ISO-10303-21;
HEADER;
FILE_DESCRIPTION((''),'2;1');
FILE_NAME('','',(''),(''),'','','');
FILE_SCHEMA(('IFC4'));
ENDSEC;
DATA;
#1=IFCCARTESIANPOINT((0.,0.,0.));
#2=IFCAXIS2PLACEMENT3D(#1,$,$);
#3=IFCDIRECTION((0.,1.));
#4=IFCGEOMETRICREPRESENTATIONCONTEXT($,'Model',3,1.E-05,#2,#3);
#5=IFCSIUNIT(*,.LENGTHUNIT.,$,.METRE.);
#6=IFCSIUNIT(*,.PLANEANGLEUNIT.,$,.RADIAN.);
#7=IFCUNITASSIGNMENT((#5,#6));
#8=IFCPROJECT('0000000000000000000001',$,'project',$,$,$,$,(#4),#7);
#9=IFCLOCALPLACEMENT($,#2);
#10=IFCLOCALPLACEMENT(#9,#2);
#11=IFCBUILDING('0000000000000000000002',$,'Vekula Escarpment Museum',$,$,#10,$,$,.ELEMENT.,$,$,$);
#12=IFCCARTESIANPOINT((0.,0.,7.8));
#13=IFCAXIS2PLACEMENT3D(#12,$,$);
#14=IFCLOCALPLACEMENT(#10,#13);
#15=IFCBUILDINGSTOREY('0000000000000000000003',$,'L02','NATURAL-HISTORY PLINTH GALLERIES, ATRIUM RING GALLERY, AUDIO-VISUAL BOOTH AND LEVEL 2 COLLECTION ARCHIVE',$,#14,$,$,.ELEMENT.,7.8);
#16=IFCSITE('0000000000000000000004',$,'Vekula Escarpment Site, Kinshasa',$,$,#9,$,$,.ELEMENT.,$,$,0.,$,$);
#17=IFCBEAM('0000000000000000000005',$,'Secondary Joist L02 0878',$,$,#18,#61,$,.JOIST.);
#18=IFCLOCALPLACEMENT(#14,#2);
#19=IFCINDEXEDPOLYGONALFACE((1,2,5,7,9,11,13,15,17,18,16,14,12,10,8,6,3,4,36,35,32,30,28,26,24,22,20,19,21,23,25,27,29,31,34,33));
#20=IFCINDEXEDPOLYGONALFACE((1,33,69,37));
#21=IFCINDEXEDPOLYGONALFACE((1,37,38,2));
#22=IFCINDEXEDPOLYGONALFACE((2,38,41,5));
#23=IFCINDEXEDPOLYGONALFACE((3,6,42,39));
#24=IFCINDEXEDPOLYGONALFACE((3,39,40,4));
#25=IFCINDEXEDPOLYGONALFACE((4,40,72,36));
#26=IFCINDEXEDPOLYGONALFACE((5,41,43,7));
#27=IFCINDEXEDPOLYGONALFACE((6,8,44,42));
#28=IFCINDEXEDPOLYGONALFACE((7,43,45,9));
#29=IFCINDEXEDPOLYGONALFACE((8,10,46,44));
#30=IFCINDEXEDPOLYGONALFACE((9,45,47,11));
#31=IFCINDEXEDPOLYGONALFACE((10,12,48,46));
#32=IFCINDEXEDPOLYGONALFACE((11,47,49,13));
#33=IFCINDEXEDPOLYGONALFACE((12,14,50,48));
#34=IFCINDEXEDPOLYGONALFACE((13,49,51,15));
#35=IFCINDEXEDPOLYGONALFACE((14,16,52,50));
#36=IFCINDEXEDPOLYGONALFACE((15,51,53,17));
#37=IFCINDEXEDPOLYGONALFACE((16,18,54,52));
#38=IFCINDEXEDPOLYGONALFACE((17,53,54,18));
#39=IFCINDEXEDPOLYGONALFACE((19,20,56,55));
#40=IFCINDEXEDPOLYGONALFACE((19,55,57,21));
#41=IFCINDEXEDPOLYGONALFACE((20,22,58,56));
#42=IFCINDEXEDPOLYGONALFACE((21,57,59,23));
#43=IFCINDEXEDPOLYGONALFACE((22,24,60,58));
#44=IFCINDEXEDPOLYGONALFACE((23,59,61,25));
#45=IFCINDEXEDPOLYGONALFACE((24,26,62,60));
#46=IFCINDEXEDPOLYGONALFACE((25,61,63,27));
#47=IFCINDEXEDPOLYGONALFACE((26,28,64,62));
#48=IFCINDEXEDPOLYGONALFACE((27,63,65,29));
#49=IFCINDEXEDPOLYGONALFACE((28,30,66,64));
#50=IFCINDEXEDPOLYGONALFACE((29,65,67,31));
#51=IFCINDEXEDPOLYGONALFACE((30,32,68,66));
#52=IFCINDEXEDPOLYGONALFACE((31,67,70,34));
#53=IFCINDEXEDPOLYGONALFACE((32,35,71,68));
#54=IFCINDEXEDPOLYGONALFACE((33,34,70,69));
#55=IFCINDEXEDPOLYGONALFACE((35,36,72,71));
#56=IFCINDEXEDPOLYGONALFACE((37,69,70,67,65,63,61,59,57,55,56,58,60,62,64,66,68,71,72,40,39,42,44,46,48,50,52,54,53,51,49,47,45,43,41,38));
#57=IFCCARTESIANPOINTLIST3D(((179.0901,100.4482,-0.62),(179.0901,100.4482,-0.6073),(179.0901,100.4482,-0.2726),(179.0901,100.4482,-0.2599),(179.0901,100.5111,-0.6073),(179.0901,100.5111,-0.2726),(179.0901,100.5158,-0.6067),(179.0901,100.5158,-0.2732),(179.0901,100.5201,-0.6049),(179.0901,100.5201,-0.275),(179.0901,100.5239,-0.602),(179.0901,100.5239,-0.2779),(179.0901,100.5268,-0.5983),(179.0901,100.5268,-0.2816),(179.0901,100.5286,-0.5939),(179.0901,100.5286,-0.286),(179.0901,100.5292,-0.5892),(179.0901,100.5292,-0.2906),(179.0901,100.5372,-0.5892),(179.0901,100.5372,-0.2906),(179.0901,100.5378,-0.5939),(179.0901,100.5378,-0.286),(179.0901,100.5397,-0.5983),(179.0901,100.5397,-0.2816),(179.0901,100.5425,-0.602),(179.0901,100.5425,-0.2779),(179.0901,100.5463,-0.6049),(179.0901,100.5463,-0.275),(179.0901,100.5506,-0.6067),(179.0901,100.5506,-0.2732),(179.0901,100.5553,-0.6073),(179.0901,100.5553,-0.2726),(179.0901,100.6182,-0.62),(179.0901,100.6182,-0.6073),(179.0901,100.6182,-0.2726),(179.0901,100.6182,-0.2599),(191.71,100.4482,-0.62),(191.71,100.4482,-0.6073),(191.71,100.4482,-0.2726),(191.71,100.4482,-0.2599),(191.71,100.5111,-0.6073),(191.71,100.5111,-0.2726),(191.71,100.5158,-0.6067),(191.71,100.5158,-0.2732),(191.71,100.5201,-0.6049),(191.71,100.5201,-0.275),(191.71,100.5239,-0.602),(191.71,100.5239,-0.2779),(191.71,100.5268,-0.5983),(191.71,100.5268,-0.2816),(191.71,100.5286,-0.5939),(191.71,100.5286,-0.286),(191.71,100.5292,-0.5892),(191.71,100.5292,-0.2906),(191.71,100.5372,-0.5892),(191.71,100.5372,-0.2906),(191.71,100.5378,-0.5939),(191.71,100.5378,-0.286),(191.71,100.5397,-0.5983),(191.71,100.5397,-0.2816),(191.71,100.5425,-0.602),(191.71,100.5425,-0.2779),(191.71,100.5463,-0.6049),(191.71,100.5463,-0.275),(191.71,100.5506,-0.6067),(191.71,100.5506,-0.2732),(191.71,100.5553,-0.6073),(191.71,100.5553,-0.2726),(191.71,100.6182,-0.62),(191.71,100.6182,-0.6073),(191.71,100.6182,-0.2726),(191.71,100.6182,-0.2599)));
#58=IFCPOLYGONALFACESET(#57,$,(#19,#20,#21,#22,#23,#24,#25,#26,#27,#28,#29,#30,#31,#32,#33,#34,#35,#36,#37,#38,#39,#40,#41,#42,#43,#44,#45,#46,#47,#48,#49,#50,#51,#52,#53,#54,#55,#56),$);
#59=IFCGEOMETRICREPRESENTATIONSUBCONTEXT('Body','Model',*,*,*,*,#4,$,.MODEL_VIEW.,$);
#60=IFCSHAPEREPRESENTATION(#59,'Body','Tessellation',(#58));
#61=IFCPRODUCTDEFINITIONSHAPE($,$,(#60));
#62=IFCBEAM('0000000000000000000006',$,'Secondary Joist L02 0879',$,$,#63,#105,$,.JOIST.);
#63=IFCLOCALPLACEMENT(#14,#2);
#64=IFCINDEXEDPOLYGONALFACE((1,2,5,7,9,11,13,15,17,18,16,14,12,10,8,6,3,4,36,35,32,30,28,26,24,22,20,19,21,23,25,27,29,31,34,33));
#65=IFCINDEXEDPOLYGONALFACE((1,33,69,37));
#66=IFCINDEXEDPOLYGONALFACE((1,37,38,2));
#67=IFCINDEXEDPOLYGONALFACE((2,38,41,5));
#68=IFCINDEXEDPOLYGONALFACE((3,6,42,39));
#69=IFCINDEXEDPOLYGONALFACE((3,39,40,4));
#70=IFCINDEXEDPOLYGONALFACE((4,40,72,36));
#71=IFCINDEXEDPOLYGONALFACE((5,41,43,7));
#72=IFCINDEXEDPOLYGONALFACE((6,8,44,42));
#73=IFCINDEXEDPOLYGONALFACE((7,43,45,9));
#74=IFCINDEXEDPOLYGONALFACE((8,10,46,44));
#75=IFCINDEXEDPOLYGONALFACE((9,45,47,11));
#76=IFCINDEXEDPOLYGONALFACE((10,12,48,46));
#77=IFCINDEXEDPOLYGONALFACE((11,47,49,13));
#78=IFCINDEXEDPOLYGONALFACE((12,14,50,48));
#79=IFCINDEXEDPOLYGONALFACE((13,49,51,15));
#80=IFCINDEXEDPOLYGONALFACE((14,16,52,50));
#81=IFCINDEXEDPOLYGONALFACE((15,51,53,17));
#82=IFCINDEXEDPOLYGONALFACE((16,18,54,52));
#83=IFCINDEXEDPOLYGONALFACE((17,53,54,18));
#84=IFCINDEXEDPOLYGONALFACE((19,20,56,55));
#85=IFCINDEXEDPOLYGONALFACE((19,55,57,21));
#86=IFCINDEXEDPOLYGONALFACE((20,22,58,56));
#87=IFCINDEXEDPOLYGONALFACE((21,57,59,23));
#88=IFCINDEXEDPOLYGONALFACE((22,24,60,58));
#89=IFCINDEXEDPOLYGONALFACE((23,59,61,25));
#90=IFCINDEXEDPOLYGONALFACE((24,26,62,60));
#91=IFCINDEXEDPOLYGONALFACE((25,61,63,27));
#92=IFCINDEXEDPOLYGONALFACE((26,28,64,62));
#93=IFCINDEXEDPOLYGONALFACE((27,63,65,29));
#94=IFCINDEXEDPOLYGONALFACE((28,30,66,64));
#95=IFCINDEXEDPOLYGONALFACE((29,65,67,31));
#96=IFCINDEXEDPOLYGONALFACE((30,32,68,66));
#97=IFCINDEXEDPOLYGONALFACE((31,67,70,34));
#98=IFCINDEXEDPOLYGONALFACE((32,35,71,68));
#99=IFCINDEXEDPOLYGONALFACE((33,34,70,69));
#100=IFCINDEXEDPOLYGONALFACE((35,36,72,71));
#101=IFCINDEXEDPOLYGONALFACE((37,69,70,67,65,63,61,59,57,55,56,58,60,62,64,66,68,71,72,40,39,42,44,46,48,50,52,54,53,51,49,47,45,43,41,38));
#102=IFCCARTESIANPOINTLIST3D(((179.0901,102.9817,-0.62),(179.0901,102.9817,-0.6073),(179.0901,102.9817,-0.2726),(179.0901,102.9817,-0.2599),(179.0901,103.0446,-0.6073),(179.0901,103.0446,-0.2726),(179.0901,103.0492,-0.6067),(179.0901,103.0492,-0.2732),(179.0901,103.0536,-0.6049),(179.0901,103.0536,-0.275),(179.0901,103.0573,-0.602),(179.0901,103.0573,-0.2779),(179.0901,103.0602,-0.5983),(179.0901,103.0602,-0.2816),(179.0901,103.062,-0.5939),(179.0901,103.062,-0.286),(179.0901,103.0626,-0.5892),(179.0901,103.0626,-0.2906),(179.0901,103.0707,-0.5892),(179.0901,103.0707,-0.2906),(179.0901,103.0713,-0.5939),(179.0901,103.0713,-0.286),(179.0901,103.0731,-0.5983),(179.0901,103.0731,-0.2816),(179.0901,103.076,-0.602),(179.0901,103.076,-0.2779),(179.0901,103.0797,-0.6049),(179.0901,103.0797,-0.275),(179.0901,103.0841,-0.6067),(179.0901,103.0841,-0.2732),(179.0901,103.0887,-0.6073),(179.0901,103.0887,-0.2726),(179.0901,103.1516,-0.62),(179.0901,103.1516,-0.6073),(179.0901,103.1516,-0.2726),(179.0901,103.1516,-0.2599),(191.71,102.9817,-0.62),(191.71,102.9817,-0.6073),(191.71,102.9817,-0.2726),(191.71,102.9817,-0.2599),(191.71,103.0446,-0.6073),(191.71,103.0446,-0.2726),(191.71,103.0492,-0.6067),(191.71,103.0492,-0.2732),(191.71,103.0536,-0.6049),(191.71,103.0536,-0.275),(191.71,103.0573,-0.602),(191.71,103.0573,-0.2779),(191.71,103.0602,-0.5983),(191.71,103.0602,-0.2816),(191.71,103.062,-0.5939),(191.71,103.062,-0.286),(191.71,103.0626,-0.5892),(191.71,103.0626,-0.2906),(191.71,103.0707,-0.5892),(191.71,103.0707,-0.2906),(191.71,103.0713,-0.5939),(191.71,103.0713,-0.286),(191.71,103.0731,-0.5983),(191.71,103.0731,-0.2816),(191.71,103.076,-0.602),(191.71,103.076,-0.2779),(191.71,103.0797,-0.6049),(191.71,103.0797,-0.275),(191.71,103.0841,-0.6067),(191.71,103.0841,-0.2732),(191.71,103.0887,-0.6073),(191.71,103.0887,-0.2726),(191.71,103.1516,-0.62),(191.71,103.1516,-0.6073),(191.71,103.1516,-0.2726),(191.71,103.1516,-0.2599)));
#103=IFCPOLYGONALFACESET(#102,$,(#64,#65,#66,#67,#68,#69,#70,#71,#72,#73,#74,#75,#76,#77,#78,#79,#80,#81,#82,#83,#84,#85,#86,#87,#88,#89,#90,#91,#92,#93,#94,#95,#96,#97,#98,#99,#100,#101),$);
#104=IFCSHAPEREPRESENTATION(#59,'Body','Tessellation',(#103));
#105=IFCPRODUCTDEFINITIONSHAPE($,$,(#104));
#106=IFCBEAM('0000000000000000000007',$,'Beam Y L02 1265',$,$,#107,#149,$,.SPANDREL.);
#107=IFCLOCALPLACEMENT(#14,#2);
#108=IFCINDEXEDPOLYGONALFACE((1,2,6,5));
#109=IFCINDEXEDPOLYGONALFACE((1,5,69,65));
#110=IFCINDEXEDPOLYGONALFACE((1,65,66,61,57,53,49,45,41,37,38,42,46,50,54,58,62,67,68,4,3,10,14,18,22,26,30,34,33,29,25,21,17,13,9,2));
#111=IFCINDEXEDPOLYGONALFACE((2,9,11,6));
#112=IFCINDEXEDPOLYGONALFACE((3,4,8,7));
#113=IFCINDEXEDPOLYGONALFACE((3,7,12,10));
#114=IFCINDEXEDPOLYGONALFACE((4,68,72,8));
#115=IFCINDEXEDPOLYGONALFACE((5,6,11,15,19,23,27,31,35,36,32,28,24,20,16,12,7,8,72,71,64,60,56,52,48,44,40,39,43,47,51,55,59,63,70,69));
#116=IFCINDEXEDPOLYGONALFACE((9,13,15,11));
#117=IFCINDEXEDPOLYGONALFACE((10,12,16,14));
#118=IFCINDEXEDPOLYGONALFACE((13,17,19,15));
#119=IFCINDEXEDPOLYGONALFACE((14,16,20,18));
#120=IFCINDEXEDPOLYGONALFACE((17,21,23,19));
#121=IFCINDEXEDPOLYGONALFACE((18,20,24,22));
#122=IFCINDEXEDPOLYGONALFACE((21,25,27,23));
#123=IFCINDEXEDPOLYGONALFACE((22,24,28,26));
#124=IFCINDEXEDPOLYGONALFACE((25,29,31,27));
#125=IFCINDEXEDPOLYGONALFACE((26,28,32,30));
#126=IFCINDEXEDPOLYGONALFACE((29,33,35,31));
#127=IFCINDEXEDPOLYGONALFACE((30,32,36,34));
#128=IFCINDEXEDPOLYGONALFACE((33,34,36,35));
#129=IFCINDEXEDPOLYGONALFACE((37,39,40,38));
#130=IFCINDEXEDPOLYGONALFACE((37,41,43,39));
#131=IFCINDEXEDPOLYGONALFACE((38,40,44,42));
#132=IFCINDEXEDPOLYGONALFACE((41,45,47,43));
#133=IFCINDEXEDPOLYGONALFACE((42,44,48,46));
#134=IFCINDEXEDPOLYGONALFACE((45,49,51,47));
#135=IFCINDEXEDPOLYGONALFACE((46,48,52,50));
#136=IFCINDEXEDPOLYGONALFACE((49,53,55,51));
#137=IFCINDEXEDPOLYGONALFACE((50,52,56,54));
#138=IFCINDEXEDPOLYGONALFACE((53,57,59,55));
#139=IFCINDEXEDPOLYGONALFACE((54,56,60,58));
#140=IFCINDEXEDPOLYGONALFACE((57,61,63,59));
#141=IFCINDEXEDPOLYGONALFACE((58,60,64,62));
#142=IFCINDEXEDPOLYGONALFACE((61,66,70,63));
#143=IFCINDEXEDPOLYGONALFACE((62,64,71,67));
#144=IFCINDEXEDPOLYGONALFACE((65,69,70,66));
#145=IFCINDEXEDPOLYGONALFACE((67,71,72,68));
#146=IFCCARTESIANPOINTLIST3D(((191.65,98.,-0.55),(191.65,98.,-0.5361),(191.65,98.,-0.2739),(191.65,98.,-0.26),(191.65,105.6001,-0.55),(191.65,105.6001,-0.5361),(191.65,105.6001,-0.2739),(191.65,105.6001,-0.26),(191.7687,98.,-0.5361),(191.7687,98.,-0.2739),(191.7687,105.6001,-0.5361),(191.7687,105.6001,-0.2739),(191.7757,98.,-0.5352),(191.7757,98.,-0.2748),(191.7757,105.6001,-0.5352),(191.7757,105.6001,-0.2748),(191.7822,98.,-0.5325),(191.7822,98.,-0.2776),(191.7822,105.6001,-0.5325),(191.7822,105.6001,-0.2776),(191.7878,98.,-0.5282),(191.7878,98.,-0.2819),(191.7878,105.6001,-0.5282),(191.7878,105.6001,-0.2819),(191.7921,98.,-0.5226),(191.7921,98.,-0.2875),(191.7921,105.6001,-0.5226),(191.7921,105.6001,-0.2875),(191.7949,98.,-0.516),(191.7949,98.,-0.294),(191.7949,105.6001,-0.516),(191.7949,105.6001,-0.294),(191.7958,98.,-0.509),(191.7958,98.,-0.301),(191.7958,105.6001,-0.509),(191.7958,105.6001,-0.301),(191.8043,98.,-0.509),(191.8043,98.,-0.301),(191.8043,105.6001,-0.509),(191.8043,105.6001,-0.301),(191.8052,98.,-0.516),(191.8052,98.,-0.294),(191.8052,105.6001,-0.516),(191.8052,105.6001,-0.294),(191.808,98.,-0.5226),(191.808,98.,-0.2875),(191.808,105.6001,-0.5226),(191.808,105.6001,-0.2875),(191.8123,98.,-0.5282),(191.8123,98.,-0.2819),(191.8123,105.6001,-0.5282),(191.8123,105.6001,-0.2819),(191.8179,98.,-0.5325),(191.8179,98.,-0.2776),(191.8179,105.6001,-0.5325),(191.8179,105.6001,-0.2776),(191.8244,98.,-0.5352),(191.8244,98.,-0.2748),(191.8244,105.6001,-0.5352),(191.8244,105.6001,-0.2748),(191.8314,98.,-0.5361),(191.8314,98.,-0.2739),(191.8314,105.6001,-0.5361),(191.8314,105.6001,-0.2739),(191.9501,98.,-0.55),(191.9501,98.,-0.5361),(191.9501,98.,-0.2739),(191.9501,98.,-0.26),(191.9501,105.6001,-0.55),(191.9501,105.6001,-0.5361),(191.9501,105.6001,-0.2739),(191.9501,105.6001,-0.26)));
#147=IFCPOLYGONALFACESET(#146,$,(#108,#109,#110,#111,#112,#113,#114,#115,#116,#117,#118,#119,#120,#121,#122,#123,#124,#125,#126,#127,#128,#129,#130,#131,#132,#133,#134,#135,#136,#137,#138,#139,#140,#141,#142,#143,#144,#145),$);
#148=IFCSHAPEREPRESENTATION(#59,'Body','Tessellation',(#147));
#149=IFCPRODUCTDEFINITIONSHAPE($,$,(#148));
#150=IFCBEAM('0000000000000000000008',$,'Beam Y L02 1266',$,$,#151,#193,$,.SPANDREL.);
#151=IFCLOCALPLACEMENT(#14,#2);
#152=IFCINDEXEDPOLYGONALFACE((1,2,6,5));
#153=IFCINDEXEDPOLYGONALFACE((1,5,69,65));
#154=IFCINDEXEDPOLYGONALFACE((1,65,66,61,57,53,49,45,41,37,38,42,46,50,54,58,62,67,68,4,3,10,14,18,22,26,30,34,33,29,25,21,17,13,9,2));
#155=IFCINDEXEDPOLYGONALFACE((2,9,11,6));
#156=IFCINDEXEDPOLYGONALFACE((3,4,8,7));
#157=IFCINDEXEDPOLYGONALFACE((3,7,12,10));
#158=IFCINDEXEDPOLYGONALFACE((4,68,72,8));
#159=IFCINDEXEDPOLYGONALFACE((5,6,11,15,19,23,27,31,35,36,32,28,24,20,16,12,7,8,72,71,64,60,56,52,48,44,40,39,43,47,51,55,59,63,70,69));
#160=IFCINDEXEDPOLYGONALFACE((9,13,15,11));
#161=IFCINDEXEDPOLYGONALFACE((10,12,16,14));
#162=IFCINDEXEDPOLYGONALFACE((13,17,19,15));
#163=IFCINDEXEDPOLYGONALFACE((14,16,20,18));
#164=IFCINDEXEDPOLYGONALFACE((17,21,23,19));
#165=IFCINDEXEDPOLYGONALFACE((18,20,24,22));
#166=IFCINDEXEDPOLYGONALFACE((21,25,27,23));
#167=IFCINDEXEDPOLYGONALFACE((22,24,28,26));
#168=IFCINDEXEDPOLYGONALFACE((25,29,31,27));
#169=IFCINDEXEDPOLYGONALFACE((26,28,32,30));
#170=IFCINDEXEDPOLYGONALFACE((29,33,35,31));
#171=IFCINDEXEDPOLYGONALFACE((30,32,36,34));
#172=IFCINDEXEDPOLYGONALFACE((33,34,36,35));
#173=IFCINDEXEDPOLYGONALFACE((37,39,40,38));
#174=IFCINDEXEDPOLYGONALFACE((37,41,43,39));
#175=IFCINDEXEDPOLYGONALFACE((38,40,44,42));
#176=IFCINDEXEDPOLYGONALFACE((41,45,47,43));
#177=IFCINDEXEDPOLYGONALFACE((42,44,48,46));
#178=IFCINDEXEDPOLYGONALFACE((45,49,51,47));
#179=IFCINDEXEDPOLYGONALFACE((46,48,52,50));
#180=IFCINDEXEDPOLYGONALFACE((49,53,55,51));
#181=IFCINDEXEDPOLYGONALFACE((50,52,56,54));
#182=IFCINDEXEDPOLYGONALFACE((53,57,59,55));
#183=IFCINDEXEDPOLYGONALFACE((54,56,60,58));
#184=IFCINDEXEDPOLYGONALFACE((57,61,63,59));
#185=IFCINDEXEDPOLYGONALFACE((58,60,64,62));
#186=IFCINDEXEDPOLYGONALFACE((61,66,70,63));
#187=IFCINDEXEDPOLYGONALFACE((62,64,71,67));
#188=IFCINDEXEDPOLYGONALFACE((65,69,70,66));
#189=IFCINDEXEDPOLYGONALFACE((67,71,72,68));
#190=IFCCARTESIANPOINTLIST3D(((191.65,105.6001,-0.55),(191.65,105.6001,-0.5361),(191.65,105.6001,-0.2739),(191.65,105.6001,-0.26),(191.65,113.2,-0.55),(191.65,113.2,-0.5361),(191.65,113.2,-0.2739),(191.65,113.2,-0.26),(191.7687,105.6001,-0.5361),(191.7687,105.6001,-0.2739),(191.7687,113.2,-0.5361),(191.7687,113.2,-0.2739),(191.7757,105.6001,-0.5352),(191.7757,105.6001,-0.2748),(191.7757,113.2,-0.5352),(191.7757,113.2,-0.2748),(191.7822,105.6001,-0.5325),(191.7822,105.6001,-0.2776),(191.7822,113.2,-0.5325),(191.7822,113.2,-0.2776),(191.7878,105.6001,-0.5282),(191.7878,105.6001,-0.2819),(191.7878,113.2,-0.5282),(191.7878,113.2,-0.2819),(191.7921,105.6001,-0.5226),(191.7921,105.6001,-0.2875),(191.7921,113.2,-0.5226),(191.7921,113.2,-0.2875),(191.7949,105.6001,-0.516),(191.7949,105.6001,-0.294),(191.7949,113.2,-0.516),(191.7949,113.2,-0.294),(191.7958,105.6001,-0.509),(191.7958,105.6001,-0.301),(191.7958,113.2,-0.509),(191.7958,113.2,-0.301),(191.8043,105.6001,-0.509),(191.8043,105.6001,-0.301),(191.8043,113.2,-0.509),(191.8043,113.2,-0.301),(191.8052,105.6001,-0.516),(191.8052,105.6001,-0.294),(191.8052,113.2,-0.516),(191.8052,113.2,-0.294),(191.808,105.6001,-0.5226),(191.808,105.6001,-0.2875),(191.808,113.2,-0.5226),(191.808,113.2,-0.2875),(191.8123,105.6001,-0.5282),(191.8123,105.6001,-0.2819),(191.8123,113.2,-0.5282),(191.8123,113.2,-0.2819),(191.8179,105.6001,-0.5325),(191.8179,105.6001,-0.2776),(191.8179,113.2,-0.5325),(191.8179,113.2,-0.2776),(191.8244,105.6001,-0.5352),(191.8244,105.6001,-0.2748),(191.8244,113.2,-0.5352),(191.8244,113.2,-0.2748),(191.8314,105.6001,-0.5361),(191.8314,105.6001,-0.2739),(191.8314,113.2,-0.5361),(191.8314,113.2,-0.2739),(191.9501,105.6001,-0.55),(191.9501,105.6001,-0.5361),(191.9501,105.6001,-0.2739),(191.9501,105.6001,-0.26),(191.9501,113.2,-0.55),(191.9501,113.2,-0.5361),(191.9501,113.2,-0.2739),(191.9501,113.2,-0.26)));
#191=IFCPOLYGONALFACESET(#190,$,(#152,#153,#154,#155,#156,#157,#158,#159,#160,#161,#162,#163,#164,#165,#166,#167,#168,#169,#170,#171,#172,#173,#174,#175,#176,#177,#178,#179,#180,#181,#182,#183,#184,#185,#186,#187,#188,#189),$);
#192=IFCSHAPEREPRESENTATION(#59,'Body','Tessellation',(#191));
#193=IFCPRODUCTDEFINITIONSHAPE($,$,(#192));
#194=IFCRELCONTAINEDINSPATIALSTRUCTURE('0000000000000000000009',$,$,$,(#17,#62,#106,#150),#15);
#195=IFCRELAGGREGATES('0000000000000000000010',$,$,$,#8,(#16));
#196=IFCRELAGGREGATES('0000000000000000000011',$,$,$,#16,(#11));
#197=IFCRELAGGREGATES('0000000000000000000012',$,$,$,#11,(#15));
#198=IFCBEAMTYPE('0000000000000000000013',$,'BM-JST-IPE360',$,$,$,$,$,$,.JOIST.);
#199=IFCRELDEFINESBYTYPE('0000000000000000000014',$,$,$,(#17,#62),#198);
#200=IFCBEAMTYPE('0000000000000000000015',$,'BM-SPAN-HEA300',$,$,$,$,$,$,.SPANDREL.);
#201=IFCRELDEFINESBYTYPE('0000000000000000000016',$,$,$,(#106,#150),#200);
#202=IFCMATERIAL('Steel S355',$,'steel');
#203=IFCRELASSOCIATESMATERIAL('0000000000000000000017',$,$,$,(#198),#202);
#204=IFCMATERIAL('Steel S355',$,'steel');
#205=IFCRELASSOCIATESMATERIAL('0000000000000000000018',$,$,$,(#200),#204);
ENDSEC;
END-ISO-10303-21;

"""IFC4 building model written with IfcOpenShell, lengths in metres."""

from ifc_helpers import new_model, si_unit, direction, frame, origin, origin_2d, place, context, subcontext, project, spatial, i_section, extrude, material, material_profile, profile_set, type_object, element, save


model = new_model("IFC4")

# Units and contexts
model_context = context("Model", 3, precision=1e-05, world=origin(), true_north=direction((0.0, 1.0)))
body_context = subcontext(model_context, "Body", "Model", "MODEL_VIEW")
ifc_project = project(units=[si_unit("LENGTHUNIT", "METRE"), si_unit("PLANEANGLEUNIT", "RADIAN")], contexts=[model_context])

# Site, building, storey
site_placement = place(None, origin())
site = spatial("IfcSite", under=ifc_project, at=site_placement, Name="Vekula Escarpment Site, Kinshasa", CompositionType="ELEMENT", RefElevation=0.0)
building_placement = place(site_placement, origin())
building = spatial("IfcBuilding", under=site, at=building_placement, Name="Vekula Escarpment Museum", CompositionType="ELEMENT")
storey_placement = place(building_placement, frame((0.0, 0.0, 7.8)))
storey = spatial("IfcBuildingStorey", under=building, at=storey_placement, Name="L02", Description="NATURAL-HISTORY PLINTH GALLERIES, ATRIUM RING GALLERY, AUDIO-VISUAL BOOTH AND LEVEL 2 COLLECTION ARCHIVE", CompositionType="ELEMENT", Elevation=7.8)

# Beams
ifc_material_1 = material(Name="Steel S355", Category="steel")
ifc_material_profile_1 = material_profile(ifc_material_1, i_section(OverallWidth=0.1699, OverallDepth=0.3601, WebThickness=0.0081, FlangeThickness=0.0127, FilletRadius=0.0181, at=origin_2d()), Name="IPE 360")
ifc_profile_set_1 = profile_set([ifc_material_profile_1], Name="Steel S355")
beam_type_1 = type_object("IfcBeamType", Name="BM-JST-IPE360", PredefinedType="JOIST", material=ifc_profile_set_1)
for number, where, z_axis, x_axis, name in (
    (1, (179.0901, 100.5332, -0.4399), (1.0, 0.0, 0.0), (0.0, 1.0, 0.0), "Secondary Joist L02 0878"),
    (2, (179.0901, 103.0667, -0.4399), (1.0, 0.0, 0.0), (0.0, 1.0, 0.0), "Secondary Joist L02 0879"),
):
    element("IfcBeam", number, at=place(storey_placement, frame(where, z_axis=z_axis, x_axis=x_axis)), inside=storey, type_object=beam_type_1, Name=name, PredefinedType="JOIST", context=body_context, shape_type="SweptSolid", body=[
        extrude(i_section(OverallWidth=0.1699, OverallDepth=0.3601, WebThickness=0.0081, FlangeThickness=0.0127, FilletRadius=0.0181, at=origin_2d()), origin(), (0.0, 0.0, 1.0), 12.6199),
    ])
ifc_material_2 = material(Name="Steel S355", Category="steel")
ifc_material_profile_2 = material_profile(ifc_material_2, i_section(OverallWidth=0.3, OverallDepth=0.29, WebThickness=0.0085, FlangeThickness=0.0139, FilletRadius=0.0271, at=origin_2d()), Name="HEA 300")
ifc_profile_set_2 = profile_set([ifc_material_profile_2], Name="Steel S355")
beam_type_2 = type_object("IfcBeamType", Name="BM-SPAN-HEA300", PredefinedType="SPANDREL", material=ifc_profile_set_2)
beam_1_placement = place(storey_placement, frame((191.8, 98.0, -0.405), z_axis=(0.0, 1.0, 0.0), x_axis=(-1.0, 0.0, 0.0)))
element("IfcBeam", 3, at=beam_1_placement, inside=storey, type_object=beam_type_2, Name="Beam Y L02 1265", PredefinedType="SPANDREL", context=body_context, shape_type="SweptSolid", body=[
    extrude(i_section(OverallWidth=0.3, OverallDepth=0.29, WebThickness=0.0085, FlangeThickness=0.0139, FilletRadius=0.0271, at=origin_2d()), origin(), (0.0, 0.0, 1.0), 7.6001),
])
beam_2_placement = place(storey_placement, frame((191.8, 105.6001, -0.405), z_axis=(0.0, 1.0, 0.0), x_axis=(-1.0, 0.0, 0.0)))
element("IfcBeam", 4, at=beam_2_placement, inside=storey, type_object=beam_type_2, Name="Beam Y L02 1266", PredefinedType="SPANDREL", context=body_context, shape_type="SweptSolid", body=[
    extrude(i_section(OverallWidth=0.3, OverallDepth=0.29, WebThickness=0.0085, FlangeThickness=0.0139, FilletRadius=0.0271, at=origin_2d()), origin(), (0.0, 0.0, 1.0), 7.5999),
])

save(model, "model.ifc")
